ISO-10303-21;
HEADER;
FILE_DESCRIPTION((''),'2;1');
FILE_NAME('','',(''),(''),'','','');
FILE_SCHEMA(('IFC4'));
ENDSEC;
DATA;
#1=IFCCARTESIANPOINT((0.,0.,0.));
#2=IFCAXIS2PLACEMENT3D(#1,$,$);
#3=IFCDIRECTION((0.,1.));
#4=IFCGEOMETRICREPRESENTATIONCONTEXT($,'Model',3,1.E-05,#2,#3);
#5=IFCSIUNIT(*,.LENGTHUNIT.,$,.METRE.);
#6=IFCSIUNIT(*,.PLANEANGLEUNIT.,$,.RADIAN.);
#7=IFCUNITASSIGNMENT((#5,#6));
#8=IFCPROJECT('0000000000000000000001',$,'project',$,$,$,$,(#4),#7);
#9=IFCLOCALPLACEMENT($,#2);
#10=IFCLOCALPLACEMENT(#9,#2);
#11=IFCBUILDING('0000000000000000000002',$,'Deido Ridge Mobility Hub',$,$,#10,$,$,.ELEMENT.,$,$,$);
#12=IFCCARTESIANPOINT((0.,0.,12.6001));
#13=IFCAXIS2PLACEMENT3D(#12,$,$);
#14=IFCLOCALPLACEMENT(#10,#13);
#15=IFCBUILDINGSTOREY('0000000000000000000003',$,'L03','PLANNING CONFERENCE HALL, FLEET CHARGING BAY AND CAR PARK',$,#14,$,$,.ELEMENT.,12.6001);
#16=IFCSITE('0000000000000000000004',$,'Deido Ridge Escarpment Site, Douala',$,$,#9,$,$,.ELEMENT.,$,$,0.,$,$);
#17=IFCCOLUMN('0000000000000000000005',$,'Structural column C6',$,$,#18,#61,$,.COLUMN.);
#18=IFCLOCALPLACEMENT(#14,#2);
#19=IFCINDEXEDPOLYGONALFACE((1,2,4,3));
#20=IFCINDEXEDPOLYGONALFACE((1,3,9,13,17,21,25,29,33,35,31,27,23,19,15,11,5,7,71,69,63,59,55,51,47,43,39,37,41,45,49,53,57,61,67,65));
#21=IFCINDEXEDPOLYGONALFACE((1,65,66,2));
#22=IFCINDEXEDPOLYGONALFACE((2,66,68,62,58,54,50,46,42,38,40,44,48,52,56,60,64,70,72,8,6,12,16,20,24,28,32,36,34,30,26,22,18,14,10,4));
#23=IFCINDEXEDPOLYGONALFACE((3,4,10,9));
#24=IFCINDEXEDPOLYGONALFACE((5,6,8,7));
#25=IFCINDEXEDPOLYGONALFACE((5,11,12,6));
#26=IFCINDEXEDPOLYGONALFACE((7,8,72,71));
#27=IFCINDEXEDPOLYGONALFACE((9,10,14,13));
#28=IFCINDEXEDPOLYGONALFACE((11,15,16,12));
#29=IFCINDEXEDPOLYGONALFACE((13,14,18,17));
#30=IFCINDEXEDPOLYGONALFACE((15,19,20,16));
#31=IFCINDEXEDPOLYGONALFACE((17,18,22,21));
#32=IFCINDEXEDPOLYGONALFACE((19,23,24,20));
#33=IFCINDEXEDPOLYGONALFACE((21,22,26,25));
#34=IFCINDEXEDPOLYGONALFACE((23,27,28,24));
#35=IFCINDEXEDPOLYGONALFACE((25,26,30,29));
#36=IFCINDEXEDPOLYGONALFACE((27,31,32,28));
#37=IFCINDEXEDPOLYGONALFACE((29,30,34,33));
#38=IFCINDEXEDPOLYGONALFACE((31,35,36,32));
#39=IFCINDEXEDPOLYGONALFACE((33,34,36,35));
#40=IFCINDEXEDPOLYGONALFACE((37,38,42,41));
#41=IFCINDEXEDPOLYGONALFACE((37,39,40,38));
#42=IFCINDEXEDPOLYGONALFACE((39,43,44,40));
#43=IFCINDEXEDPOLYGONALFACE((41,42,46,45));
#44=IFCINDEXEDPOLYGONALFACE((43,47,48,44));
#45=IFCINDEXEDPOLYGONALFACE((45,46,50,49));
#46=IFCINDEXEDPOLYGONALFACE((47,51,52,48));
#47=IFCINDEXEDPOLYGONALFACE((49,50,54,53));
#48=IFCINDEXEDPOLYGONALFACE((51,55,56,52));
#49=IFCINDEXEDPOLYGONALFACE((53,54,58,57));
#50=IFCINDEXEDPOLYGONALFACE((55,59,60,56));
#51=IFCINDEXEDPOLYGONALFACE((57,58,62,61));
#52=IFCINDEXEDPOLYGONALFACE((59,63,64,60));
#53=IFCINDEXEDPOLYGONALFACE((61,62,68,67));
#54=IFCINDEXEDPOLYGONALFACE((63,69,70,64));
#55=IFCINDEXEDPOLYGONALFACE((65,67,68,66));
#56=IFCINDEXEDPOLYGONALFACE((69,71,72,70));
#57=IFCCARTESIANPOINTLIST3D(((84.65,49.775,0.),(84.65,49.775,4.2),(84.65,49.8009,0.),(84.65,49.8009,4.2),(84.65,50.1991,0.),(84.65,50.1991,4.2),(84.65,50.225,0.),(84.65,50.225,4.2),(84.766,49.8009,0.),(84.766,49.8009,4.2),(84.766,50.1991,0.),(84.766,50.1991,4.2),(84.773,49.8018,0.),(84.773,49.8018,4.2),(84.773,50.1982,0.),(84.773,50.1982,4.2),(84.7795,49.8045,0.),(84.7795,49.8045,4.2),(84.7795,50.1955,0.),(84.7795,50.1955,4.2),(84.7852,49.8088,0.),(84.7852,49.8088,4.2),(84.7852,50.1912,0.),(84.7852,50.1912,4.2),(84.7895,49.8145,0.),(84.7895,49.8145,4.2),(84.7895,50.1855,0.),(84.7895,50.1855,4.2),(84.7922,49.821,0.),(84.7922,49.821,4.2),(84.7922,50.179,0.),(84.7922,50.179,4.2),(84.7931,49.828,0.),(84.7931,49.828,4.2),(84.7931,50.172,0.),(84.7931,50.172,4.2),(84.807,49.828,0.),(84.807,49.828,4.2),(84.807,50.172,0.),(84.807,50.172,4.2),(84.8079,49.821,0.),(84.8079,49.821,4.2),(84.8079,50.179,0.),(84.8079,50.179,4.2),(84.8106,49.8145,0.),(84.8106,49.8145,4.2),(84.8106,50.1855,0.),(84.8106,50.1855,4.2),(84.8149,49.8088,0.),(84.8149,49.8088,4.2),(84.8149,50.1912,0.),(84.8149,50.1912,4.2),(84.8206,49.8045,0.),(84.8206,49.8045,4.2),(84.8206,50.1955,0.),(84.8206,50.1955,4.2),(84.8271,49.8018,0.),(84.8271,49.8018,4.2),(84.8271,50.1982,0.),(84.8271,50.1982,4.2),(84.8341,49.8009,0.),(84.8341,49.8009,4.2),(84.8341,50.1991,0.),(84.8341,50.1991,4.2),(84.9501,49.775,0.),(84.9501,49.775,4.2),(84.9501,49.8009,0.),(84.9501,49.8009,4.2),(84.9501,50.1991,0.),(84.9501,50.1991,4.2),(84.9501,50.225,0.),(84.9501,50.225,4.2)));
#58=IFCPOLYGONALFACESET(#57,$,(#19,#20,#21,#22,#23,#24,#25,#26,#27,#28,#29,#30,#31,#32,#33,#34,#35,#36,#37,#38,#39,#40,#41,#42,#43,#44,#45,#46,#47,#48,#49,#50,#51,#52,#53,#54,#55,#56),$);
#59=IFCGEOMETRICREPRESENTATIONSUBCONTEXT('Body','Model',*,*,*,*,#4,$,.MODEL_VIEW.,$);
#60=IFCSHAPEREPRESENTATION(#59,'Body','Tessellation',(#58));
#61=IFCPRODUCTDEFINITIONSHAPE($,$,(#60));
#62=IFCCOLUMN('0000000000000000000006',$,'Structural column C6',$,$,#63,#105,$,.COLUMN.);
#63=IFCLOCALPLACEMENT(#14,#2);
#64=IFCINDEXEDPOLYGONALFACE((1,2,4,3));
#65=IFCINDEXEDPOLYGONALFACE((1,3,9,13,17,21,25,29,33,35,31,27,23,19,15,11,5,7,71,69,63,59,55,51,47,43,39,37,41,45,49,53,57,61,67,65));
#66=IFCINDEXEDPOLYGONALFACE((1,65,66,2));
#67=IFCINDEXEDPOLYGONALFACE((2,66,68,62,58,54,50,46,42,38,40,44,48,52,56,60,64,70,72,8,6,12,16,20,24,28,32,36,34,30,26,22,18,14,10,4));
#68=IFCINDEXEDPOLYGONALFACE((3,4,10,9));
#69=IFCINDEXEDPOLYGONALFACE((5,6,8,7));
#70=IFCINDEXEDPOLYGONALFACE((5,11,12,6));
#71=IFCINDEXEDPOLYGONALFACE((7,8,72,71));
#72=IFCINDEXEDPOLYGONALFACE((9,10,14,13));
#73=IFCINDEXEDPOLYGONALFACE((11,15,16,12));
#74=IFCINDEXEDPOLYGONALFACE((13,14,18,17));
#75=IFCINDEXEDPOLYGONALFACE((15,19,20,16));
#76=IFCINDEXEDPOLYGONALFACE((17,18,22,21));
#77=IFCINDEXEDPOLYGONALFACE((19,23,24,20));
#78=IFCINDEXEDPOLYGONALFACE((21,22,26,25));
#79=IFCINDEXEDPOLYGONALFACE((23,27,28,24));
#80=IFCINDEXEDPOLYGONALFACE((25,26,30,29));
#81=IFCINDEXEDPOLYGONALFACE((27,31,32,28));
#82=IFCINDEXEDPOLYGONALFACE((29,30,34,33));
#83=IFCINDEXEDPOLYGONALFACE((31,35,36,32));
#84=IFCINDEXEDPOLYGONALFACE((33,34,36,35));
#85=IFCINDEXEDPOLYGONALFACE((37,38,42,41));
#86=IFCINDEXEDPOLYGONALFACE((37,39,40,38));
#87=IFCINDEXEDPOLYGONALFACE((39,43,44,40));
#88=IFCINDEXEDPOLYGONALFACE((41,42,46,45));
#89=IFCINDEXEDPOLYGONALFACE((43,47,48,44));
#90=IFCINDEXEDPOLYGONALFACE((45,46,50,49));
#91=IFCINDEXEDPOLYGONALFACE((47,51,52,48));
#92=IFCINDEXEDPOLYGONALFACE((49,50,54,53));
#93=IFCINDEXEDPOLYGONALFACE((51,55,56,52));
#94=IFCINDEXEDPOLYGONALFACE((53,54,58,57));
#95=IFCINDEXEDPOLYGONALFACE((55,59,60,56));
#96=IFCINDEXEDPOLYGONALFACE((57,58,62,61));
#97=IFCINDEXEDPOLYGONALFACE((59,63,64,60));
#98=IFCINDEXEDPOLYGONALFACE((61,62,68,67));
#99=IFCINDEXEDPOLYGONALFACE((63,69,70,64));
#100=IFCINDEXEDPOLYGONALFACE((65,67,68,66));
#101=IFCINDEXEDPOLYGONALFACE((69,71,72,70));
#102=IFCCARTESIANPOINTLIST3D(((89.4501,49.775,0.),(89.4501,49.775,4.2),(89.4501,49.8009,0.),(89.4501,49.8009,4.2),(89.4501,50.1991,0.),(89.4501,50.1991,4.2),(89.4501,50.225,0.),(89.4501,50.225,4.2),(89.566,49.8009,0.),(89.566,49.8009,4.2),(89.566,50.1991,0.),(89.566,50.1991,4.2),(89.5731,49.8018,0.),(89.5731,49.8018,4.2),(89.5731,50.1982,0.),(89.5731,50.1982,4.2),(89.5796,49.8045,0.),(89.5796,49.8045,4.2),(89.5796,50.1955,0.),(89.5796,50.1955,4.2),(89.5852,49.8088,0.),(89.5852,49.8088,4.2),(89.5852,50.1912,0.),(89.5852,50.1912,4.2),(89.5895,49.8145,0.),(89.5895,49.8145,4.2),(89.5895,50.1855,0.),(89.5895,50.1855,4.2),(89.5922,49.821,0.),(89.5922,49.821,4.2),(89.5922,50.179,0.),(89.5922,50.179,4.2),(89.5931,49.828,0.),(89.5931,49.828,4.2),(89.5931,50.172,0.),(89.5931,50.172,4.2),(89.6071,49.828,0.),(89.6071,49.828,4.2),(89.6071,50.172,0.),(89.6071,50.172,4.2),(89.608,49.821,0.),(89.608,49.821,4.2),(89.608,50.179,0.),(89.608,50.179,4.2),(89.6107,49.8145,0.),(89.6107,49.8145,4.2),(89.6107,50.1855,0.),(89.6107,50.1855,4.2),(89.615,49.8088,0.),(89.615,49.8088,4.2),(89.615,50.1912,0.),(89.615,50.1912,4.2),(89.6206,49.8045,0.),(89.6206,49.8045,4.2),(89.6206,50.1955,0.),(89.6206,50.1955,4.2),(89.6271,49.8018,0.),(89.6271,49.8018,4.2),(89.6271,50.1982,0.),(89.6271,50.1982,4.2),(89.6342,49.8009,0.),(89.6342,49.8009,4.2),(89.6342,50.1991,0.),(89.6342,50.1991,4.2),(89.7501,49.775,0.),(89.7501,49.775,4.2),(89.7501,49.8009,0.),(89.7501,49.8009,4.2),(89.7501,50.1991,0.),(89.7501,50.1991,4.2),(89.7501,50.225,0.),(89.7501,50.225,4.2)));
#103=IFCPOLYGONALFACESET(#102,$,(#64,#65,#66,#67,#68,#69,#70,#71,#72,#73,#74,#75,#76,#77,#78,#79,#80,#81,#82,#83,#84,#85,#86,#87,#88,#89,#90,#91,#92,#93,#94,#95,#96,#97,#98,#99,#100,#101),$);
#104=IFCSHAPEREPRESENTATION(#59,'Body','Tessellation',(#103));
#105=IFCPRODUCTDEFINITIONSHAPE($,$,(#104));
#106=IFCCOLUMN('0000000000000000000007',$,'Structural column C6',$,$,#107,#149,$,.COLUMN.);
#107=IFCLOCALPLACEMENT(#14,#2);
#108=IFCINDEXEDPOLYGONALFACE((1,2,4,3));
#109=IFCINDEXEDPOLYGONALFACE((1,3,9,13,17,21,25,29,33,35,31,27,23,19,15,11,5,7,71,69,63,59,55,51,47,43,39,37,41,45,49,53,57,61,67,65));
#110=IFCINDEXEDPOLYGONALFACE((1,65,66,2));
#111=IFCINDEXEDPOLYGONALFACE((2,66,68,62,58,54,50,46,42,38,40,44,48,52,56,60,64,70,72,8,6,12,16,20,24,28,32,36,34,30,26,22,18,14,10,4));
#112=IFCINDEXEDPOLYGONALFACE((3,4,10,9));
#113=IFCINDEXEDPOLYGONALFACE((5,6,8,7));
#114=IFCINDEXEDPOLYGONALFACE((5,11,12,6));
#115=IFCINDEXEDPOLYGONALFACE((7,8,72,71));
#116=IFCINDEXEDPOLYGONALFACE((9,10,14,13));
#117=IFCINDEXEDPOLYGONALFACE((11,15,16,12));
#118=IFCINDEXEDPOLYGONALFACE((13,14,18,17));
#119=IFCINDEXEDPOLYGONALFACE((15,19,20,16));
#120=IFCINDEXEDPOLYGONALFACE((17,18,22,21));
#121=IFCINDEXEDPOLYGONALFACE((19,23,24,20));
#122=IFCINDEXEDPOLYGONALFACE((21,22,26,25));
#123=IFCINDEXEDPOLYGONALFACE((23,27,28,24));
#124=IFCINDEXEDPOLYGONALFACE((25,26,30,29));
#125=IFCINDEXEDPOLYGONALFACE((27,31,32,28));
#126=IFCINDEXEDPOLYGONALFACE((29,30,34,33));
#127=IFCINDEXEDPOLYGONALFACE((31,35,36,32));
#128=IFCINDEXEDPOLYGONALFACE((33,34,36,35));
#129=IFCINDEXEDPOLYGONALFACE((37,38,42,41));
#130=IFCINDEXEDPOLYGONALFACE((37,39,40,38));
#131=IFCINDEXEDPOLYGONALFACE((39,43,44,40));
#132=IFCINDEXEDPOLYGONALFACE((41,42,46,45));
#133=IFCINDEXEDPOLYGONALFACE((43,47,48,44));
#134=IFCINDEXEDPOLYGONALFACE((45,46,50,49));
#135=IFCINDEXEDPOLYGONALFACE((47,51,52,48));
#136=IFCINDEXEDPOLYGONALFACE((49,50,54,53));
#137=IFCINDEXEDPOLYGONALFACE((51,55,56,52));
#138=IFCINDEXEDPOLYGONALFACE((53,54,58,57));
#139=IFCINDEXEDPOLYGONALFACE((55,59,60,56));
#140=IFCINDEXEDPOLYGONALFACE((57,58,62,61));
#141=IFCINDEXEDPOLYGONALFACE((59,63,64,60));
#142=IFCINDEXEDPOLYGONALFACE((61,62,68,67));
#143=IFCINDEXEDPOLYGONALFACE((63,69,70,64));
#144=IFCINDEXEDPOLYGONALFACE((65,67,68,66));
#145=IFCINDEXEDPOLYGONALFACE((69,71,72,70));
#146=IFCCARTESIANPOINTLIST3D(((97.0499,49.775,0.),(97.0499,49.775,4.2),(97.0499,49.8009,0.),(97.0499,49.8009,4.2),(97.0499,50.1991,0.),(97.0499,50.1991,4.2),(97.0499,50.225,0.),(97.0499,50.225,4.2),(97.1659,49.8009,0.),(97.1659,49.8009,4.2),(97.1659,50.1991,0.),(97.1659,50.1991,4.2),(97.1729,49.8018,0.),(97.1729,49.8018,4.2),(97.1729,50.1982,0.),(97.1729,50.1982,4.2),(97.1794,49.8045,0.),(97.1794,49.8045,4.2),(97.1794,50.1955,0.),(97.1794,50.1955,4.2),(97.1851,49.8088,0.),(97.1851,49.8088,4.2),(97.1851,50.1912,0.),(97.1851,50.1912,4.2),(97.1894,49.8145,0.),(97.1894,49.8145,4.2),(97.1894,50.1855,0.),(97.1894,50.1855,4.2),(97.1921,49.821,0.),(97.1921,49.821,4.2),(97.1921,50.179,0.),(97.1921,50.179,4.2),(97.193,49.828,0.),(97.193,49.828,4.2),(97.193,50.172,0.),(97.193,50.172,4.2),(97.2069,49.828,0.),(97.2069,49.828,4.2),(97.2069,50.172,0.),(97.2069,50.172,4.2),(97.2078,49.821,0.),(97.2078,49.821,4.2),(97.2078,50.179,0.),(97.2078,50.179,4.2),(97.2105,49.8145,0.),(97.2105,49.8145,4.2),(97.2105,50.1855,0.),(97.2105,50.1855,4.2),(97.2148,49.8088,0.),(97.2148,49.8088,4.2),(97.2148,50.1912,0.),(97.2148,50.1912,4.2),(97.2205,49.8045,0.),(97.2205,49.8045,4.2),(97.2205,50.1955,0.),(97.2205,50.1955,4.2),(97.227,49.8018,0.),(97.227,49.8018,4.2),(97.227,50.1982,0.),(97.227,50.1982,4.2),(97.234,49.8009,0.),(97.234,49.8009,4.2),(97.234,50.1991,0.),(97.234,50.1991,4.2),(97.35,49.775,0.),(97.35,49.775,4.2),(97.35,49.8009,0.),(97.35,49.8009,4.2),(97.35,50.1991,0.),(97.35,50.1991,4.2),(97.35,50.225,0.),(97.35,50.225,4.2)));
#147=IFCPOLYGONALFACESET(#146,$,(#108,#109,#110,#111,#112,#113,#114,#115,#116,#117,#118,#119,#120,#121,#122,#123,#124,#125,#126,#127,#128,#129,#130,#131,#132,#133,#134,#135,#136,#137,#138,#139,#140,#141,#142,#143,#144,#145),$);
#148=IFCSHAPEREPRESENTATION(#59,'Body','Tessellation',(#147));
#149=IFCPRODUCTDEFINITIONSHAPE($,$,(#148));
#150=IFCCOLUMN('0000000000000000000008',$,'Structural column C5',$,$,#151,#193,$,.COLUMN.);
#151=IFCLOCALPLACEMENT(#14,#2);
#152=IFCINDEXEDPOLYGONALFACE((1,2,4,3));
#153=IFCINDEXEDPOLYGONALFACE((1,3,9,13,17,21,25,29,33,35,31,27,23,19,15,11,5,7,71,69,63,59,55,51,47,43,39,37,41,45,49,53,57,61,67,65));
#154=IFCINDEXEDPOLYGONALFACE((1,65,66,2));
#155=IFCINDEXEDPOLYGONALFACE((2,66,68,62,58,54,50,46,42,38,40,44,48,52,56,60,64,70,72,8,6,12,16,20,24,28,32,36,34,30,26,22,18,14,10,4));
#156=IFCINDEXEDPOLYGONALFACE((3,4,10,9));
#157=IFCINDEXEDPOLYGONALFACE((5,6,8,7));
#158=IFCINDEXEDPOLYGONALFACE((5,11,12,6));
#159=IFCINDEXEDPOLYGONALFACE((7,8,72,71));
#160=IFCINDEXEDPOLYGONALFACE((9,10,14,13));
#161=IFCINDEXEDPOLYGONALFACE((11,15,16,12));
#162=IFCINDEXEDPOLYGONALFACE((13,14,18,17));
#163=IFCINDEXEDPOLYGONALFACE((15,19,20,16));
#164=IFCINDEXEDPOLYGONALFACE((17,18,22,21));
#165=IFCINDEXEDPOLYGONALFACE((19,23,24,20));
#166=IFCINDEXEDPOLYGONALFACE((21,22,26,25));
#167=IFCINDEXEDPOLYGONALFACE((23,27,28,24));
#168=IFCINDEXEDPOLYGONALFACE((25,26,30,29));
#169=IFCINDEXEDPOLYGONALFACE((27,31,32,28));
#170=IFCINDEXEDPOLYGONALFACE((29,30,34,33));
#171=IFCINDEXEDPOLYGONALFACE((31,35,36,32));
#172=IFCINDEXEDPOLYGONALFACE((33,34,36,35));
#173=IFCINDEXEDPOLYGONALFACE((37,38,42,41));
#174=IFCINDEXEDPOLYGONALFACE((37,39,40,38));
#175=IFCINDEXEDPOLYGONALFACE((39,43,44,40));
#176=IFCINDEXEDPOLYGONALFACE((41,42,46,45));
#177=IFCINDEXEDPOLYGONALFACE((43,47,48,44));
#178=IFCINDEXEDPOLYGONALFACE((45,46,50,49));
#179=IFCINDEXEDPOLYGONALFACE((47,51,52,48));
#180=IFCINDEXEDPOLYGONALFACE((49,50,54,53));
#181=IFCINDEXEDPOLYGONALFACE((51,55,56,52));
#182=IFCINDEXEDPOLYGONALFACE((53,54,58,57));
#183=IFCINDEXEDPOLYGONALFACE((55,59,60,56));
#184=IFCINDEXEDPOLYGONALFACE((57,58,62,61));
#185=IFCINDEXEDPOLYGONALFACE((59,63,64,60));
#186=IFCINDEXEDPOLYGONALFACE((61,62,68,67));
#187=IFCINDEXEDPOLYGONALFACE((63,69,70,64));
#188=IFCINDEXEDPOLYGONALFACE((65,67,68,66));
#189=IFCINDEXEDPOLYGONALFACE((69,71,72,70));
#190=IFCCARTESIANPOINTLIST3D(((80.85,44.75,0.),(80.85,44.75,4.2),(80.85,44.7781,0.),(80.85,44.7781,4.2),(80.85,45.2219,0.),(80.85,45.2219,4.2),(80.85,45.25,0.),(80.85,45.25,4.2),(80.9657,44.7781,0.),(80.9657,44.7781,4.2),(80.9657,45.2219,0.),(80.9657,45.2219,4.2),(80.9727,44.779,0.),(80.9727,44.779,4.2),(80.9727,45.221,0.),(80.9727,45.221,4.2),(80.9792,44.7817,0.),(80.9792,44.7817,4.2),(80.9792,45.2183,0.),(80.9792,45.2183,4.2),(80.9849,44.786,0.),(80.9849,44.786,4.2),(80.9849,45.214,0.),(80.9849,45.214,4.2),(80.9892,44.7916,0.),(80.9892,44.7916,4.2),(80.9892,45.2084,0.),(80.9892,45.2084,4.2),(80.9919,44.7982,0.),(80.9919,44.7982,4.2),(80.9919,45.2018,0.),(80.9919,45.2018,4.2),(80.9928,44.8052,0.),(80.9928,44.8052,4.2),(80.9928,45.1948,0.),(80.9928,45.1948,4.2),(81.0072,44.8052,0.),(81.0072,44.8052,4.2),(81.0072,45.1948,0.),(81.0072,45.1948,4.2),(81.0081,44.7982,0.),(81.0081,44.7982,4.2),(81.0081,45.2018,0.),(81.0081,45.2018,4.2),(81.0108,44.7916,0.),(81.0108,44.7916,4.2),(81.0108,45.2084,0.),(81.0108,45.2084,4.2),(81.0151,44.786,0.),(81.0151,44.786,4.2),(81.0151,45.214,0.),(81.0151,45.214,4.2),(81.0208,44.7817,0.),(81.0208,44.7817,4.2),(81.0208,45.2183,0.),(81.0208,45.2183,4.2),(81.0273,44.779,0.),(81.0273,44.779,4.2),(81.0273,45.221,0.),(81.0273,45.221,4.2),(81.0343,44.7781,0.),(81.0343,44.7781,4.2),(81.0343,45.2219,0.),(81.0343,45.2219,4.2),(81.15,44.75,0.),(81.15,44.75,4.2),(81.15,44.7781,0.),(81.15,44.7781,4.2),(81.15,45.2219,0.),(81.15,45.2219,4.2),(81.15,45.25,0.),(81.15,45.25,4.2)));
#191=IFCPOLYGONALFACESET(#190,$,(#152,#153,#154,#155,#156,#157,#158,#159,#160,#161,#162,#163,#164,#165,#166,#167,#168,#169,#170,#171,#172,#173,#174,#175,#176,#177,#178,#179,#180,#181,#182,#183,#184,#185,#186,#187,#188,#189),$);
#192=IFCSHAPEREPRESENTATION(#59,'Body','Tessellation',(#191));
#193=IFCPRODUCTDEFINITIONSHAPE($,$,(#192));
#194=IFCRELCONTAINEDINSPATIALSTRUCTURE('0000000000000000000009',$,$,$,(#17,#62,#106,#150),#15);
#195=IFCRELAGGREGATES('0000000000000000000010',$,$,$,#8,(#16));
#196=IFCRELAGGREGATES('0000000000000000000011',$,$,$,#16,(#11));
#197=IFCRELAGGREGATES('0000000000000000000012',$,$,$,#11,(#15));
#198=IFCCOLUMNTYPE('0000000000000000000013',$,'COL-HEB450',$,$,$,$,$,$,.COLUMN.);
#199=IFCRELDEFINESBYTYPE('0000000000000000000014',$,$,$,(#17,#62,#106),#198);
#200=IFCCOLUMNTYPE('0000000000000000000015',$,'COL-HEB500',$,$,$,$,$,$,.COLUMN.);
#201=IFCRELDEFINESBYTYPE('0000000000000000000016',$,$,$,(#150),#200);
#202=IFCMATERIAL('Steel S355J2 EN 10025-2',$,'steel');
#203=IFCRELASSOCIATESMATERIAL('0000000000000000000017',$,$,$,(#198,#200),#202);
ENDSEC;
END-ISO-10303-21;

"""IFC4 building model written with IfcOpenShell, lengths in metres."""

from ifc_helpers import new_model, si_unit, direction, frame, origin, origin_2d, place, context, subcontext, project, spatial, i_section, extrude, material, material_profile, profile_set, type_object, element, save


model = new_model("IFC4")

# Units and contexts
model_context = context("Model", 3, precision=1e-05, world=origin(), true_north=direction((0.0, 1.0)))
body_context = subcontext(model_context, "Body", "Model", "MODEL_VIEW")
ifc_project = project(units=[si_unit("LENGTHUNIT", "METRE"), si_unit("PLANEANGLEUNIT", "RADIAN")], contexts=[model_context])

# Site, building, storey
site_placement = place(None, origin())
site = spatial("IfcSite", under=ifc_project, at=site_placement, Name="Deido Ridge Escarpment Site, Douala", CompositionType="ELEMENT", RefElevation=0.0)
building_placement = place(site_placement, origin())
building = spatial("IfcBuilding", under=site, at=building_placement, Name="Deido Ridge Mobility Hub", CompositionType="ELEMENT")
storey_placement = place(building_placement, frame((0.0, 0.0, 12.6001)))
storey = spatial("IfcBuildingStorey", under=building, at=storey_placement, Name="L03", Description="PLANNING CONFERENCE HALL, FLEET CHARGING BAY AND CAR PARK", CompositionType="ELEMENT", Elevation=12.6001)

# Columns
ifc_material_1 = material(Name="Steel S355J2 EN 10025-2", Category="steel")
ifc_material_profile_1 = material_profile(ifc_material_1, i_section(OverallWidth=0.3, OverallDepth=0.45, WebThickness=0.0139, FlangeThickness=0.0259, FilletRadius=0.0271, at=origin_2d()), Name="HEB 450")
ifc_profile_set_1 = profile_set([ifc_material_profile_1], Name="Steel S355J2 EN 10025-2")
column_type_1 = type_object("IfcColumnType", Name="COL-HEB450", PredefinedType="COLUMN", material=ifc_profile_set_1)
for number, where, z_axis, x_axis, name in (
    (1, (84.8, 50.0, 0.0), (0.0, 0.0, 1.0), (1.0, 0.0, 0.0), "Structural column C6"),
    (2, (89.6001, 50.0, 0.0), (0.0, 0.0, 1.0), (1.0, 0.0, 0.0), "Structural column C6"),
    (3, (97.2, 50.0, 0.0), (0.0, 0.0, 1.0), (1.0, 0.0, 0.0), "Structural column C6"),
):
    element("IfcColumn", number, at=place(storey_placement, frame(where, z_axis=z_axis, x_axis=x_axis)), inside=storey, type_object=column_type_1, Name=name, PredefinedType="COLUMN", context=body_context, shape_type="SweptSolid", body=[
        extrude(i_section(OverallWidth=0.3, OverallDepth=0.45, WebThickness=0.0139, FlangeThickness=0.0259, FilletRadius=0.0271, at=origin_2d()), origin(), (0.0, 0.0, 1.0), 4.2),
    ])
ifc_material_profile_2 = material_profile(ifc_material_1, i_section(OverallWidth=0.3, OverallDepth=0.5, WebThickness=0.0144, FlangeThickness=0.0281, FilletRadius=0.0271, at=origin_2d()), Name="HEB 500")
ifc_profile_set_2 = profile_set([ifc_material_profile_2], Name="Steel S355J2 EN 10025-2")
column_type_2 = type_object("IfcColumnType", Name="COL-HEB500", PredefinedType="COLUMN", material=ifc_profile_set_2)
for number, where, z_axis, x_axis, name in (
    (4, (81.0, 45.0, 0.0), (0.0, 0.0, 1.0), (1.0, 0.0, 0.0), "Structural column C5"),
):
    element("IfcColumn", number, at=place(storey_placement, frame(where, z_axis=z_axis, x_axis=x_axis)), inside=storey, type_object=column_type_2, Name=name, PredefinedType="COLUMN", context=body_context, shape_type="SweptSolid", body=[
        extrude(i_section(OverallWidth=0.3, OverallDepth=0.5, WebThickness=0.0144, FlangeThickness=0.0281, FilletRadius=0.0271, at=origin_2d()), origin(), (0.0, 0.0, 1.0), 4.2),
    ])

save(model, "model.ifc")
